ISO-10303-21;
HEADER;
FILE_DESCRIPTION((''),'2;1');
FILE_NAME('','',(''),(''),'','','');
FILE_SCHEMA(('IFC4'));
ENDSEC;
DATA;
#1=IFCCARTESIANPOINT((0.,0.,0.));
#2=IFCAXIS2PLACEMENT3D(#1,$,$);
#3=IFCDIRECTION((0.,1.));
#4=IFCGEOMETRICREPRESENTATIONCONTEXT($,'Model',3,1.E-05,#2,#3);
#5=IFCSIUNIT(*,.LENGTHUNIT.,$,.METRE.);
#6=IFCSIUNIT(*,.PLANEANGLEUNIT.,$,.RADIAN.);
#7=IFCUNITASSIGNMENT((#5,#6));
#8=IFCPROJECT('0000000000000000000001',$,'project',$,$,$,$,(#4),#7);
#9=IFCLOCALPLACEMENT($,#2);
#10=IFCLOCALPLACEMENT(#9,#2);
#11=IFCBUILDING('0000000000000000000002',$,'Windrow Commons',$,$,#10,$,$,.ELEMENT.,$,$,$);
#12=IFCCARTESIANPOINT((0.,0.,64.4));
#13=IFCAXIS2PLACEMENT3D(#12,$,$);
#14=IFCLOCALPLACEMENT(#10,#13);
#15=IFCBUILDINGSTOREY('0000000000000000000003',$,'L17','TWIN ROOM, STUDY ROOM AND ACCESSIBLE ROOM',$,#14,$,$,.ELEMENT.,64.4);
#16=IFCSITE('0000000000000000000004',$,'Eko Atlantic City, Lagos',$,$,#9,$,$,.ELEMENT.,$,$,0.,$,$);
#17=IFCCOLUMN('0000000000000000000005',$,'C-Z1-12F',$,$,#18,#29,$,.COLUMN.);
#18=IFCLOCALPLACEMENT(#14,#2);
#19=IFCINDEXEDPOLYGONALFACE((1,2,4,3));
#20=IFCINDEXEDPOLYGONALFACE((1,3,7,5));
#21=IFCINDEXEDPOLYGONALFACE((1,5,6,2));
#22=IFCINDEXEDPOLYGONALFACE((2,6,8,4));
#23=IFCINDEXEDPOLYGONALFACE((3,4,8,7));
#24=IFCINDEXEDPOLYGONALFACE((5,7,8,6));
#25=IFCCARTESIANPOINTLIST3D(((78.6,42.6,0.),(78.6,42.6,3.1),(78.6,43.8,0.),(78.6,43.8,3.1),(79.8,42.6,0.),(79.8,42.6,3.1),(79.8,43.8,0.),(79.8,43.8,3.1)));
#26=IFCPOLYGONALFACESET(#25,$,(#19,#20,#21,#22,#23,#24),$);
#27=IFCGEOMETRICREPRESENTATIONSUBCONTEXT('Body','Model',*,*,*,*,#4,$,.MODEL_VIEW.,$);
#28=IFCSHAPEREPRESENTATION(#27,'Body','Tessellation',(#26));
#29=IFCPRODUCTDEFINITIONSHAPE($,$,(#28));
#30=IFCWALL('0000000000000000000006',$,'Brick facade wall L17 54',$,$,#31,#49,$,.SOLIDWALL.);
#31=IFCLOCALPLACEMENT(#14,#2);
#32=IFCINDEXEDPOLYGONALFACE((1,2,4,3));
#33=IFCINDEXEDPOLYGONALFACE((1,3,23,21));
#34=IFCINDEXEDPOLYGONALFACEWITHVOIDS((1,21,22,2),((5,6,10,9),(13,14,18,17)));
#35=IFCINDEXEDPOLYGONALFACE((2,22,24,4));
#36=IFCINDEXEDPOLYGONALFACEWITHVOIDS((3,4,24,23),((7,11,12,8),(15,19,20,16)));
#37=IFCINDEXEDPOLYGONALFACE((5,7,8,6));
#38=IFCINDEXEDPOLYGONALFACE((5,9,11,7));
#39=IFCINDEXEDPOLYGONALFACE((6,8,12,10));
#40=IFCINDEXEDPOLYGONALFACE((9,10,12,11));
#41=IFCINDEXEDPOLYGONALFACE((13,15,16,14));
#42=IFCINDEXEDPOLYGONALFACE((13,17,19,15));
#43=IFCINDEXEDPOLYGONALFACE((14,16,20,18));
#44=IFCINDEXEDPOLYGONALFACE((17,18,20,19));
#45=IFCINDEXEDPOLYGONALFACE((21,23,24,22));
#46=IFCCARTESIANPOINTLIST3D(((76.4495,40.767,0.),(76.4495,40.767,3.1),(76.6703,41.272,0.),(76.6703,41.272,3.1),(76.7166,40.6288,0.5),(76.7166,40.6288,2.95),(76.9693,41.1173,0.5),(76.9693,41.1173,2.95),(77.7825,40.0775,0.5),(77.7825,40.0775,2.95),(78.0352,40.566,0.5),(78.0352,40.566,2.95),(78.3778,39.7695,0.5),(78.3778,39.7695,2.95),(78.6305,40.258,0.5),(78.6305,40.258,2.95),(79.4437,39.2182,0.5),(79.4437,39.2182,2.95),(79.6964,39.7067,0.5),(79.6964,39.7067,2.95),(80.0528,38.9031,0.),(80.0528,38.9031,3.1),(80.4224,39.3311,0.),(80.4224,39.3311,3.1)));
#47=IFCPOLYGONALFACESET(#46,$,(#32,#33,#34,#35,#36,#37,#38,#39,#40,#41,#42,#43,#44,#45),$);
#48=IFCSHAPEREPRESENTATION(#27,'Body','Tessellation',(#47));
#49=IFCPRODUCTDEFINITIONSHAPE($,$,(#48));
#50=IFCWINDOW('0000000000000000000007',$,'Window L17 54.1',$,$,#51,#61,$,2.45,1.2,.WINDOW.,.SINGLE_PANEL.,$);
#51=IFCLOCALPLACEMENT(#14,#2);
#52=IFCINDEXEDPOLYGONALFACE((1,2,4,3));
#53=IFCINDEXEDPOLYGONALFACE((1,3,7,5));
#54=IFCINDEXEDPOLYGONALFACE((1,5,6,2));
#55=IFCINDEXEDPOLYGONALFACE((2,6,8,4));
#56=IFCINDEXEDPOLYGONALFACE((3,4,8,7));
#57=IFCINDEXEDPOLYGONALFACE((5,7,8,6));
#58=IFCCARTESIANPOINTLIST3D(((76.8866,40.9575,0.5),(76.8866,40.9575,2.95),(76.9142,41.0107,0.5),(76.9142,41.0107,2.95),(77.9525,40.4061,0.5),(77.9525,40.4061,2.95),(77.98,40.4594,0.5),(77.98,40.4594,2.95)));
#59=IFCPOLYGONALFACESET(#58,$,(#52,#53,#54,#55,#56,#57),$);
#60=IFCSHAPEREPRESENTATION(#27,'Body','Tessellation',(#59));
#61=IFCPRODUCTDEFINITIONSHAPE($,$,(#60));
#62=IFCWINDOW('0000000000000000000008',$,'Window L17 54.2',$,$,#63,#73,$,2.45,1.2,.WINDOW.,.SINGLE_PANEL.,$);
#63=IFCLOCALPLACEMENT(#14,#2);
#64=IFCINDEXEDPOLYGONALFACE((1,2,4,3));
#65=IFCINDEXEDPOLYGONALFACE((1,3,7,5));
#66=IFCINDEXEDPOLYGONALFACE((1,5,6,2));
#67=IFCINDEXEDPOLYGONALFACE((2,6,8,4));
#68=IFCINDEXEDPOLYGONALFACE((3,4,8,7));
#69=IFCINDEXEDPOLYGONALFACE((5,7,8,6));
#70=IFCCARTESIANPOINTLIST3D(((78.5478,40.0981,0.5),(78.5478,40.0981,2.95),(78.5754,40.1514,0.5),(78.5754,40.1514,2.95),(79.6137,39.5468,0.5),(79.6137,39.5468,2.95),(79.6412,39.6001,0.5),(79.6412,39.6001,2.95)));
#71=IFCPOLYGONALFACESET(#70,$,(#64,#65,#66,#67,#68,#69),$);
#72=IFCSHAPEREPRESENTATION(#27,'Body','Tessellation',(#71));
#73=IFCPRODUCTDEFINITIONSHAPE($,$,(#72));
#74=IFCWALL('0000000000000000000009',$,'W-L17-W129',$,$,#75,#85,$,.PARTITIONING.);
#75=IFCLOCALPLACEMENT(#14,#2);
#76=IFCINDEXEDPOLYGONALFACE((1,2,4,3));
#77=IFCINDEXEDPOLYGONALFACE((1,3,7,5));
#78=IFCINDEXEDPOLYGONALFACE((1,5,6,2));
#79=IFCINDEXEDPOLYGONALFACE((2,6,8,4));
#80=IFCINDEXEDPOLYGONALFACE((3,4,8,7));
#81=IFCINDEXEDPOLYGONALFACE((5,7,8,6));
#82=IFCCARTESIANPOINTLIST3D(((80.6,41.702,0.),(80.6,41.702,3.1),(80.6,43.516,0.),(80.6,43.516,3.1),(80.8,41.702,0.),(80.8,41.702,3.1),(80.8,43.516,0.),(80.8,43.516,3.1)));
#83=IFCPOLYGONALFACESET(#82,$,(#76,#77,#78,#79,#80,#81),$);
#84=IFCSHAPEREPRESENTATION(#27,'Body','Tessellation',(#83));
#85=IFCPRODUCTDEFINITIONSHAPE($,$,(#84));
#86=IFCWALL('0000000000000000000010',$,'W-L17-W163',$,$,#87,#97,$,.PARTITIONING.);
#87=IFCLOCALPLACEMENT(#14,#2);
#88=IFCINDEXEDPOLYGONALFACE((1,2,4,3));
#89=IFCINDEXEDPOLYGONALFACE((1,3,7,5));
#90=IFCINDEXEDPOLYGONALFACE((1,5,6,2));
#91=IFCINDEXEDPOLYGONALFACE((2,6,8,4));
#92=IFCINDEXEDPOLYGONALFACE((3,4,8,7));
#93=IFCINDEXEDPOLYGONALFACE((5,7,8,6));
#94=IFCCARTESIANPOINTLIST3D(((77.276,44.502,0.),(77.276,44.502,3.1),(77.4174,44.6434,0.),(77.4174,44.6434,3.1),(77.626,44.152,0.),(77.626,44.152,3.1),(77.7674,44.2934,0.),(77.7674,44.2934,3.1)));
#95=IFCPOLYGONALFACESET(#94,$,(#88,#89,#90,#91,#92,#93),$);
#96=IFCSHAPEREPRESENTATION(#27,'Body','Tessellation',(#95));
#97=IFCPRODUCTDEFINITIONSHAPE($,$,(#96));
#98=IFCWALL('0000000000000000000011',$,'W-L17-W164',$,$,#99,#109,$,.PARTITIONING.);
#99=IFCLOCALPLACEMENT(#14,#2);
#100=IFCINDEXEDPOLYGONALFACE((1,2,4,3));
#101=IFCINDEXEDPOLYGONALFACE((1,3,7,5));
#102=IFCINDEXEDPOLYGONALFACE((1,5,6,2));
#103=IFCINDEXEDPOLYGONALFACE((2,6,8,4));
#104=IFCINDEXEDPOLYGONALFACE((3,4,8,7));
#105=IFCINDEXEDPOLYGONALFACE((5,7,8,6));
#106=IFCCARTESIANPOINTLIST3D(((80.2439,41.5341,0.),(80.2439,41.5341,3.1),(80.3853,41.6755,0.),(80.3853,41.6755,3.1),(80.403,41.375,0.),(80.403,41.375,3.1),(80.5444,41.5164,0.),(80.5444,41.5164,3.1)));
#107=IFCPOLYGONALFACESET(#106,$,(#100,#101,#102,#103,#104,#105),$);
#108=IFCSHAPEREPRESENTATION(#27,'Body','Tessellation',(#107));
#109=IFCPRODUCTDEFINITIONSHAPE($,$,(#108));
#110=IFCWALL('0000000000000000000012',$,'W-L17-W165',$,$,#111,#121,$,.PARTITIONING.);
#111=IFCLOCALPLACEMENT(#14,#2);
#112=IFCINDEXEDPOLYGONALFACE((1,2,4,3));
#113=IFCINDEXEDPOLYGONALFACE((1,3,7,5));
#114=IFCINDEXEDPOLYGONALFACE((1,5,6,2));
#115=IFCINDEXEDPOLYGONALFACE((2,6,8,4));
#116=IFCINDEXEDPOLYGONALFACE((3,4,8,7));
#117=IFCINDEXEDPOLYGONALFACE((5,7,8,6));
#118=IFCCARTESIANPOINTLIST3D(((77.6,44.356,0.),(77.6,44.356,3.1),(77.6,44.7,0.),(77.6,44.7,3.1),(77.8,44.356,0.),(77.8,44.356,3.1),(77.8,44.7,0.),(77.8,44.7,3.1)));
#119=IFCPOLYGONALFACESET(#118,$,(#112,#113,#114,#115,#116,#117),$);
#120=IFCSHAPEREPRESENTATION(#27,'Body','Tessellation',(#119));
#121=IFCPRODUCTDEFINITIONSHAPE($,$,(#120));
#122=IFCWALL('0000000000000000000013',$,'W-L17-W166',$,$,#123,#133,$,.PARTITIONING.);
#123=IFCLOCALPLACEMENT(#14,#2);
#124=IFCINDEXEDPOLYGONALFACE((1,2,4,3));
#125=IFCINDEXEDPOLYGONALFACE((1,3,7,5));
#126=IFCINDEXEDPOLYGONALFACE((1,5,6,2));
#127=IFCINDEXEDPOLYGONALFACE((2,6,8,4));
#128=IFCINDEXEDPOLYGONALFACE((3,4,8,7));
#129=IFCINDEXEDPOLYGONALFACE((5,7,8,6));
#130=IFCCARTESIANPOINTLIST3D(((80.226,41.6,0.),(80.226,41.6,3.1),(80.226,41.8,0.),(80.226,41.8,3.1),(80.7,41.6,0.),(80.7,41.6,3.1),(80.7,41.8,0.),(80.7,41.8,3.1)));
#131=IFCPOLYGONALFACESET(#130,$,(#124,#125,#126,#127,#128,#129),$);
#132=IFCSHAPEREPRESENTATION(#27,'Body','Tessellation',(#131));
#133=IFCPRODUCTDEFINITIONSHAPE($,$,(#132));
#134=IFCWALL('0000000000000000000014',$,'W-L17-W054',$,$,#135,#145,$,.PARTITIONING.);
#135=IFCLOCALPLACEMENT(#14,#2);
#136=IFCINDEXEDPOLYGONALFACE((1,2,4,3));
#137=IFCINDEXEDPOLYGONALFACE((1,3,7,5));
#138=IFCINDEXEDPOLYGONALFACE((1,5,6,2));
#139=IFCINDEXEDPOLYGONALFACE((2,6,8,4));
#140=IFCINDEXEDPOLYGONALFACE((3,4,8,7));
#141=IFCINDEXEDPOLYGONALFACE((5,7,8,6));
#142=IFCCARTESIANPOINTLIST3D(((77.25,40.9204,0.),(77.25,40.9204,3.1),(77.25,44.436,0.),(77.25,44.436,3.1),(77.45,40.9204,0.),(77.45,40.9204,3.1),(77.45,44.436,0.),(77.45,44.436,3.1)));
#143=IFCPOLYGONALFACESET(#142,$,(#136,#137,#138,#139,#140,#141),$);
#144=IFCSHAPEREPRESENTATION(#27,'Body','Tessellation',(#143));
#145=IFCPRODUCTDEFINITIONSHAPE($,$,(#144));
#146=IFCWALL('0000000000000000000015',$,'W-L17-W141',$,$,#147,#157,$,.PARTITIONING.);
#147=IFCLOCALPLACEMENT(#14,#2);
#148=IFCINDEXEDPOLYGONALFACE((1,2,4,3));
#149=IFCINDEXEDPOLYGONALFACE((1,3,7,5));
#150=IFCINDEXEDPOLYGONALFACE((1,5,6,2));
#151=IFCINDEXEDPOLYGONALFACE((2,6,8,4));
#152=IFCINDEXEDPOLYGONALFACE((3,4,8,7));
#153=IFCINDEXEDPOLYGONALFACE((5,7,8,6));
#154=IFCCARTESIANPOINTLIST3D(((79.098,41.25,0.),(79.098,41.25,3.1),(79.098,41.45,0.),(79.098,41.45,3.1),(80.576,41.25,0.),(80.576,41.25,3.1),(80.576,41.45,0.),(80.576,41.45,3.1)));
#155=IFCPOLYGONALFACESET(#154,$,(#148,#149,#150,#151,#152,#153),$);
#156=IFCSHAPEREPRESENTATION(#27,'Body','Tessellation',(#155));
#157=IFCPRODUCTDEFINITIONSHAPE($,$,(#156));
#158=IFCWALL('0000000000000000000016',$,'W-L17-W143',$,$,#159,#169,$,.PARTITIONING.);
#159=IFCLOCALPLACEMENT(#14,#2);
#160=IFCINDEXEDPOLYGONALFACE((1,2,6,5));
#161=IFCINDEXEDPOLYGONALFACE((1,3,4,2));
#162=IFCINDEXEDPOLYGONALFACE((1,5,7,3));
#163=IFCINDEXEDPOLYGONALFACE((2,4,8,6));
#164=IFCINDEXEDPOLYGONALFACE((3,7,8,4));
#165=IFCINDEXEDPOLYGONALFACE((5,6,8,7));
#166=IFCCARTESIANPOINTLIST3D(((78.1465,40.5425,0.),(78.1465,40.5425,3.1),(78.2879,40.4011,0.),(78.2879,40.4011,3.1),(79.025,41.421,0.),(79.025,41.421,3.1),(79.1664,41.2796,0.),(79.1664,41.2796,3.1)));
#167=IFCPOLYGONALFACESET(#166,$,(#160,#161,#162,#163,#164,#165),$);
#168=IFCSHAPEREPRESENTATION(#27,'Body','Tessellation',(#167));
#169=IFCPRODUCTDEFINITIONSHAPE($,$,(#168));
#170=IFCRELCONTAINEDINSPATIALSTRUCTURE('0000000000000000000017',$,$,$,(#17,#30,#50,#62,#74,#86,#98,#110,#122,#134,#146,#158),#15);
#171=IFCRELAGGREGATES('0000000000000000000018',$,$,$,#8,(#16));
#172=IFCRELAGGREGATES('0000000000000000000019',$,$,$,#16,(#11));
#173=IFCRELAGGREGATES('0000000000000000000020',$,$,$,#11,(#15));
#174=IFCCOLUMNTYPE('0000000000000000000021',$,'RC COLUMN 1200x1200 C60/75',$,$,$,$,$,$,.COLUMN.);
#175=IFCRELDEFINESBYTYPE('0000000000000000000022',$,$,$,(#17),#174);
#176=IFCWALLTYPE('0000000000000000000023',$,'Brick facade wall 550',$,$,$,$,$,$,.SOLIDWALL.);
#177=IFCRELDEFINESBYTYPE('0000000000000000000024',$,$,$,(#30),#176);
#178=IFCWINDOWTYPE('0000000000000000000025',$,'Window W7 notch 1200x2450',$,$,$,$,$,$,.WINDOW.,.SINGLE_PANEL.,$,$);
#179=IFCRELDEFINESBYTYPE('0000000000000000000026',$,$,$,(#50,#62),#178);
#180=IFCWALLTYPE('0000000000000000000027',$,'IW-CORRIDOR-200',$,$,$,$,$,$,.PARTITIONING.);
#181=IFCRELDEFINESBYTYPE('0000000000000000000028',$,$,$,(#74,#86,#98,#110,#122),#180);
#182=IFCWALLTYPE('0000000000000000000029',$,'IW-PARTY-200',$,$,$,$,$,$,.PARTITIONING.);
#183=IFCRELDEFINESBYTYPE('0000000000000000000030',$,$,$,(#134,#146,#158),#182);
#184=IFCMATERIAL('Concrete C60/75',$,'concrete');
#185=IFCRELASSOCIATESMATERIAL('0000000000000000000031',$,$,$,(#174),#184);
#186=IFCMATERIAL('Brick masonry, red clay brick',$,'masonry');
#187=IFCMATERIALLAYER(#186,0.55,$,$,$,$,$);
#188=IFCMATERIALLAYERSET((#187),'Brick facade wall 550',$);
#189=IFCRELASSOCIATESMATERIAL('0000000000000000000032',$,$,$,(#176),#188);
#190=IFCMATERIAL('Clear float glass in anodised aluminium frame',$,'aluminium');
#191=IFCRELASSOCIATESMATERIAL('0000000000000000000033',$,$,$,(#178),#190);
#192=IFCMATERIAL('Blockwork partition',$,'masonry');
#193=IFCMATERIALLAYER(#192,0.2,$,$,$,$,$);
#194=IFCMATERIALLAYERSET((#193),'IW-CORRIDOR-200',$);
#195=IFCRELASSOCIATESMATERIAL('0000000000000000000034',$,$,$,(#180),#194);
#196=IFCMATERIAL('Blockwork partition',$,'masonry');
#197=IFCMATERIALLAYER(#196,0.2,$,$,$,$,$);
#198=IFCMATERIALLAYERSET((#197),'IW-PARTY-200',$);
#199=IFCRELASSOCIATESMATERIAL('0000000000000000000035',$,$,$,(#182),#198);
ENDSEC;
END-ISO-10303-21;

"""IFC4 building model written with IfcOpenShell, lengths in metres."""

from ifc_helpers import new_model, si_unit, direction, frame, frame_2d, origin, origin_2d, place, context, subcontext, project, spatial, polyline, rectangle, outline, extrude, material, layer, layer_set, material_profile, profile_set, type_object, element, fill, save


model = new_model("IFC4")

# Units and contexts
model_context = context("Model", 3, precision=1e-05, world=origin(), true_north=direction((0.0, 1.0)))
body_context = subcontext(model_context, "Body", "Model", "MODEL_VIEW")
ifc_project = project(units=[si_unit("LENGTHUNIT", "METRE"), si_unit("PLANEANGLEUNIT", "RADIAN")], contexts=[model_context])

# Site, building, storey
site_placement = place(None, origin())
site = spatial("IfcSite", under=ifc_project, at=site_placement, Name="Eko Atlantic City, Lagos", CompositionType="ELEMENT", RefElevation=0.0)
building_placement = place(site_placement, origin())
building = spatial("IfcBuilding", under=site, at=building_placement, Name="Windrow Commons", CompositionType="ELEMENT")
storey_placement = place(building_placement, frame((0.0, 0.0, 64.4)))
storey = spatial("IfcBuildingStorey", under=building, at=storey_placement, Name="L17", Description="TWIN ROOM, STUDY ROOM AND ACCESSIBLE ROOM", CompositionType="ELEMENT", Elevation=64.4)

# Column
ifc_material_1 = material(Name="Concrete C60/75", Category="concrete")
ifc_material_profile = material_profile(ifc_material_1, rectangle(XDim=1.2, YDim=1.2, at=origin_2d()))
ifc_profile_set = profile_set([ifc_material_profile], Name="Concrete C60/75")
column_type = type_object("IfcColumnType", Name="RC COLUMN 1200x1200 C60/75", PredefinedType="COLUMN", material=ifc_profile_set)
column_placement = place(storey_placement, frame((79.2, 43.2, 0.0), z_axis=(0.0, 0.0, 1.0), x_axis=(1.0, 0.0, 0.0)))
element("IfcColumn", 1, at=column_placement, inside=storey, type_object=column_type, Name="C-Z1-12F", PredefinedType="COLUMN", context=body_context, shape_type="SweptSolid", body=[
    extrude(rectangle(XDim=1.2, YDim=1.2, at=origin_2d()), origin(), (0.0, 0.0, 1.0), 3.1),
])

# Wall, openings, windows
ifc_material_2 = material(Name="Brick masonry, red clay brick", Category="masonry")
ifc_layer_1 = layer(ifc_material_2, 0.55)
ifc_layer_set_1 = layer_set([ifc_layer_1], Name="Brick facade wall 550")
wall_type_1 = type_object("IfcWallType", Name="Brick facade wall 550", PredefinedType="SOLIDWALL", material=ifc_layer_set_1)
wall_1_placement = place(storey_placement, frame((76.5599, 41.0195, 0.0), z_axis=(0.0, 0.0, 1.0), x_axis=(0.888204, -0.45945, 0.0)))
wall_1 = element("IfcWall", 2, at=wall_1_placement, inside=storey, type_object=wall_type_1, Name="Brick facade wall L17 54", PredefinedType="SOLIDWALL", context=body_context, shape_type="SweptSolid", body=[
    extrude(outline(polyline([(0.0179, -0.275), (4.0748, -0.275), (4.2064, 0.275), (-0.0179, 0.275), (0.0179, -0.275)])), origin(), (0.0, 0.0, 1.0), 3.1),
])
opening_1_placement = place(wall_1_placement, frame((0.3187, 0.0, 0.5)))
opening_1 = element("IfcOpeningElement", 3, at=opening_1_placement, cuts=wall_1, PredefinedType="OPENING", context=body_context, shape_type="SweptSolid", body=[
    extrude(rectangle(XDim=1.2, YDim=2.45, at=frame_2d((0.6, 1.225))), frame((0.0, 0.285, 0.0), z_axis=(0.0, -1.0, 0.0), x_axis=(1.0, 0.0, 0.0)), (0.0, 0.0, 1.0), 0.57),
])
opening_2_placement = place(wall_1_placement, frame((2.189, 0.0, 0.5)))
opening_2 = element("IfcOpeningElement", 4, at=opening_2_placement, cuts=wall_1, PredefinedType="OPENING", context=body_context, shape_type="SweptSolid", body=[
    extrude(rectangle(XDim=1.2, YDim=2.45, at=frame_2d((0.6, 1.225))), frame((0.0, 0.285, 0.0), z_axis=(0.0, -1.0, 0.0), x_axis=(1.0, 0.0, 0.0)), (0.0, 0.0, 1.0), 0.57),
])
ifc_material_3 = material(Name="Clear float glass in anodised aluminium frame", Category="aluminium")
window_type = type_object("IfcWindowType", Name="Window W7 notch 1200x2450", PartitioningType="SINGLE_PANEL", PredefinedType="WINDOW", material=ifc_material_3)
window_1_placement = place(opening_1_placement, origin())
window_1 = element("IfcWindow", 5, at=window_1_placement, inside=storey, type_object=window_type, Name="Window L17 54.1", OverallHeight=2.45, OverallWidth=1.2, PartitioningType="SINGLE_PANEL", PredefinedType="WINDOW", context=body_context, shape_type="SweptSolid", body=[
    extrude(rectangle(XDim=1.2, YDim=2.45, at=frame_2d((0.6, 1.225))), frame((0.0, 0.155, 0.0), z_axis=(0.0, -1.0, 0.0), x_axis=(1.0, 0.0, 0.0)), (0.0, 0.0, 1.0), 0.06),
])
fill(opening_1, window_1)
window_2_placement = place(opening_2_placement, origin())
window_2 = element("IfcWindow", 6, at=window_2_placement, inside=storey, type_object=window_type, Name="Window L17 54.2", OverallHeight=2.45, OverallWidth=1.2, PartitioningType="SINGLE_PANEL", PredefinedType="WINDOW", context=body_context, shape_type="SweptSolid", body=[
    extrude(rectangle(XDim=1.2, YDim=2.45, at=frame_2d((0.6, 1.225))), frame((0.0, 0.155, 0.0), z_axis=(0.0, -1.0, 0.0), x_axis=(1.0, 0.0, 0.0)), (0.0, 0.0, 1.0), 0.06),
])
fill(opening_2, window_2)

# Walls
ifc_material_4 = material(Name="Blockwork partition", Category="masonry")
ifc_layer_2 = layer(ifc_material_4, 0.2)
ifc_layer_set_2 = layer_set([ifc_layer_2], Name="IW-CORRIDOR-200")
wall_type_2 = type_object("IfcWallType", Name="IW-CORRIDOR-200", PredefinedType="PARTITIONING", material=ifc_layer_set_2)
wall_2_placement = place(storey_placement, frame((80.7, 41.702, 0.0), z_axis=(0.0, 0.0, 1.0), x_axis=(0.0, 1.0, 0.0)))
element("IfcWall", 7, at=wall_2_placement, inside=storey, type_object=wall_type_2, Name="W-L17-W129", PredefinedType="PARTITIONING", context=body_context, shape_type="SweptSolid", body=[
    extrude(rectangle(XDim=1.814, YDim=0.2, at=frame_2d((0.907, 0.0))), origin(), (0.0, 0.0, 1.0), 3.1),
])
wall_3_placement = place(storey_placement, frame((77.3467, 44.5727, 0.0), z_axis=(0.0, 0.0, 1.0), x_axis=(0.707107, -0.707107, 0.0)))
element("IfcWall", 8, at=wall_3_placement, inside=storey, type_object=wall_type_2, Name="W-L17-W163", PredefinedType="PARTITIONING", context=body_context, shape_type="SweptSolid", body=[
    extrude(rectangle(XDim=0.495, YDim=0.2, at=frame_2d((0.2475, 0.0))), origin(), (0.0, 0.0, 1.0), 3.1),
])
wall_4_placement = place(storey_placement, frame((80.3146, 41.6048, 0.0), z_axis=(0.0, 0.0, 1.0), x_axis=(0.707107, -0.707107, 0.0)))
element("IfcWall", 9, at=wall_4_placement, inside=storey, type_object=wall_type_2, Name="W-L17-W164", PredefinedType="PARTITIONING", context=body_context, shape_type="SweptSolid", body=[
    extrude(rectangle(XDim=0.225, YDim=0.2, at=frame_2d((0.1125, 0.0))), origin(), (0.0, 0.0, 1.0), 3.1),
])
wall_5_placement = place(storey_placement, frame((77.7, 44.356, 0.0), z_axis=(0.0, 0.0, 1.0), x_axis=(0.0, 1.0, 0.0)))
element("IfcWall", 10, at=wall_5_placement, inside=storey, type_object=wall_type_2, Name="W-L17-W165", PredefinedType="PARTITIONING", context=body_context, shape_type="SweptSolid", body=[
    extrude(rectangle(XDim=0.344, YDim=0.2, at=frame_2d((0.172, 0.0))), origin(), (0.0, 0.0, 1.0), 3.1),
])
wall_6_placement = place(storey_placement, frame((80.226, 41.7, 0.0), z_axis=(0.0, 0.0, 1.0), x_axis=(1.0, 0.0, 0.0)))
element("IfcWall", 11, at=wall_6_placement, inside=storey, type_object=wall_type_2, Name="W-L17-W166", PredefinedType="PARTITIONING", context=body_context, shape_type="SweptSolid", body=[
    extrude(rectangle(XDim=0.474, YDim=0.2, at=frame_2d((0.237, 0.0))), origin(), (0.0, 0.0, 1.0), 3.1),
])
ifc_material_5 = material(Name="Blockwork partition", Category="masonry")
ifc_layer_3 = layer(ifc_material_5, 0.2)
ifc_layer_set_3 = layer_set([ifc_layer_3], Name="IW-PARTY-200")
wall_type_3 = type_object("IfcWallType", Name="IW-PARTY-200", PredefinedType="PARTITIONING", material=ifc_layer_set_3)
wall_7_placement = place(storey_placement, frame((77.35, 40.9204, 0.0), z_axis=(0.0, 0.0, 1.0), x_axis=(0.0, 1.0, 0.0)))
element("IfcWall", 12, at=wall_7_placement, inside=storey, type_object=wall_type_3, Name="W-L17-W054", PredefinedType="PARTITIONING", context=body_context, shape_type="SweptSolid", body=[
    extrude(rectangle(XDim=3.5156, YDim=0.2, at=frame_2d((1.7578, 0.0))), origin(), (0.0, 0.0, 1.0), 3.1),
])
wall_8_placement = place(storey_placement, frame((79.098, 41.35, 0.0), z_axis=(0.0, 0.0, 1.0), x_axis=(1.0, 0.0, 0.0)))
element("IfcWall", 13, at=wall_8_placement, inside=storey, type_object=wall_type_3, Name="W-L17-W141", PredefinedType="PARTITIONING", context=body_context, shape_type="SweptSolid", body=[
    extrude(rectangle(XDim=1.478, YDim=0.2, at=frame_2d((0.739, 0.0))), origin(), (0.0, 0.0, 1.0), 3.1),
])
wall_9_placement = place(storey_placement, frame((78.2172, 40.4718, 0.0), z_axis=(0.0, 0.0, 1.0), x_axis=(0.707107, 0.707107, 0.0)))
element("IfcWall", 14, at=wall_9_placement, inside=storey, type_object=wall_type_3, Name="W-L17-W143", PredefinedType="PARTITIONING", context=body_context, shape_type="SweptSolid", body=[
    extrude(rectangle(XDim=1.2424, YDim=0.2, at=frame_2d((0.6212, 0.0))), origin(), (0.0, 0.0, 1.0), 3.1),
])

save(model, "model.ifc")
